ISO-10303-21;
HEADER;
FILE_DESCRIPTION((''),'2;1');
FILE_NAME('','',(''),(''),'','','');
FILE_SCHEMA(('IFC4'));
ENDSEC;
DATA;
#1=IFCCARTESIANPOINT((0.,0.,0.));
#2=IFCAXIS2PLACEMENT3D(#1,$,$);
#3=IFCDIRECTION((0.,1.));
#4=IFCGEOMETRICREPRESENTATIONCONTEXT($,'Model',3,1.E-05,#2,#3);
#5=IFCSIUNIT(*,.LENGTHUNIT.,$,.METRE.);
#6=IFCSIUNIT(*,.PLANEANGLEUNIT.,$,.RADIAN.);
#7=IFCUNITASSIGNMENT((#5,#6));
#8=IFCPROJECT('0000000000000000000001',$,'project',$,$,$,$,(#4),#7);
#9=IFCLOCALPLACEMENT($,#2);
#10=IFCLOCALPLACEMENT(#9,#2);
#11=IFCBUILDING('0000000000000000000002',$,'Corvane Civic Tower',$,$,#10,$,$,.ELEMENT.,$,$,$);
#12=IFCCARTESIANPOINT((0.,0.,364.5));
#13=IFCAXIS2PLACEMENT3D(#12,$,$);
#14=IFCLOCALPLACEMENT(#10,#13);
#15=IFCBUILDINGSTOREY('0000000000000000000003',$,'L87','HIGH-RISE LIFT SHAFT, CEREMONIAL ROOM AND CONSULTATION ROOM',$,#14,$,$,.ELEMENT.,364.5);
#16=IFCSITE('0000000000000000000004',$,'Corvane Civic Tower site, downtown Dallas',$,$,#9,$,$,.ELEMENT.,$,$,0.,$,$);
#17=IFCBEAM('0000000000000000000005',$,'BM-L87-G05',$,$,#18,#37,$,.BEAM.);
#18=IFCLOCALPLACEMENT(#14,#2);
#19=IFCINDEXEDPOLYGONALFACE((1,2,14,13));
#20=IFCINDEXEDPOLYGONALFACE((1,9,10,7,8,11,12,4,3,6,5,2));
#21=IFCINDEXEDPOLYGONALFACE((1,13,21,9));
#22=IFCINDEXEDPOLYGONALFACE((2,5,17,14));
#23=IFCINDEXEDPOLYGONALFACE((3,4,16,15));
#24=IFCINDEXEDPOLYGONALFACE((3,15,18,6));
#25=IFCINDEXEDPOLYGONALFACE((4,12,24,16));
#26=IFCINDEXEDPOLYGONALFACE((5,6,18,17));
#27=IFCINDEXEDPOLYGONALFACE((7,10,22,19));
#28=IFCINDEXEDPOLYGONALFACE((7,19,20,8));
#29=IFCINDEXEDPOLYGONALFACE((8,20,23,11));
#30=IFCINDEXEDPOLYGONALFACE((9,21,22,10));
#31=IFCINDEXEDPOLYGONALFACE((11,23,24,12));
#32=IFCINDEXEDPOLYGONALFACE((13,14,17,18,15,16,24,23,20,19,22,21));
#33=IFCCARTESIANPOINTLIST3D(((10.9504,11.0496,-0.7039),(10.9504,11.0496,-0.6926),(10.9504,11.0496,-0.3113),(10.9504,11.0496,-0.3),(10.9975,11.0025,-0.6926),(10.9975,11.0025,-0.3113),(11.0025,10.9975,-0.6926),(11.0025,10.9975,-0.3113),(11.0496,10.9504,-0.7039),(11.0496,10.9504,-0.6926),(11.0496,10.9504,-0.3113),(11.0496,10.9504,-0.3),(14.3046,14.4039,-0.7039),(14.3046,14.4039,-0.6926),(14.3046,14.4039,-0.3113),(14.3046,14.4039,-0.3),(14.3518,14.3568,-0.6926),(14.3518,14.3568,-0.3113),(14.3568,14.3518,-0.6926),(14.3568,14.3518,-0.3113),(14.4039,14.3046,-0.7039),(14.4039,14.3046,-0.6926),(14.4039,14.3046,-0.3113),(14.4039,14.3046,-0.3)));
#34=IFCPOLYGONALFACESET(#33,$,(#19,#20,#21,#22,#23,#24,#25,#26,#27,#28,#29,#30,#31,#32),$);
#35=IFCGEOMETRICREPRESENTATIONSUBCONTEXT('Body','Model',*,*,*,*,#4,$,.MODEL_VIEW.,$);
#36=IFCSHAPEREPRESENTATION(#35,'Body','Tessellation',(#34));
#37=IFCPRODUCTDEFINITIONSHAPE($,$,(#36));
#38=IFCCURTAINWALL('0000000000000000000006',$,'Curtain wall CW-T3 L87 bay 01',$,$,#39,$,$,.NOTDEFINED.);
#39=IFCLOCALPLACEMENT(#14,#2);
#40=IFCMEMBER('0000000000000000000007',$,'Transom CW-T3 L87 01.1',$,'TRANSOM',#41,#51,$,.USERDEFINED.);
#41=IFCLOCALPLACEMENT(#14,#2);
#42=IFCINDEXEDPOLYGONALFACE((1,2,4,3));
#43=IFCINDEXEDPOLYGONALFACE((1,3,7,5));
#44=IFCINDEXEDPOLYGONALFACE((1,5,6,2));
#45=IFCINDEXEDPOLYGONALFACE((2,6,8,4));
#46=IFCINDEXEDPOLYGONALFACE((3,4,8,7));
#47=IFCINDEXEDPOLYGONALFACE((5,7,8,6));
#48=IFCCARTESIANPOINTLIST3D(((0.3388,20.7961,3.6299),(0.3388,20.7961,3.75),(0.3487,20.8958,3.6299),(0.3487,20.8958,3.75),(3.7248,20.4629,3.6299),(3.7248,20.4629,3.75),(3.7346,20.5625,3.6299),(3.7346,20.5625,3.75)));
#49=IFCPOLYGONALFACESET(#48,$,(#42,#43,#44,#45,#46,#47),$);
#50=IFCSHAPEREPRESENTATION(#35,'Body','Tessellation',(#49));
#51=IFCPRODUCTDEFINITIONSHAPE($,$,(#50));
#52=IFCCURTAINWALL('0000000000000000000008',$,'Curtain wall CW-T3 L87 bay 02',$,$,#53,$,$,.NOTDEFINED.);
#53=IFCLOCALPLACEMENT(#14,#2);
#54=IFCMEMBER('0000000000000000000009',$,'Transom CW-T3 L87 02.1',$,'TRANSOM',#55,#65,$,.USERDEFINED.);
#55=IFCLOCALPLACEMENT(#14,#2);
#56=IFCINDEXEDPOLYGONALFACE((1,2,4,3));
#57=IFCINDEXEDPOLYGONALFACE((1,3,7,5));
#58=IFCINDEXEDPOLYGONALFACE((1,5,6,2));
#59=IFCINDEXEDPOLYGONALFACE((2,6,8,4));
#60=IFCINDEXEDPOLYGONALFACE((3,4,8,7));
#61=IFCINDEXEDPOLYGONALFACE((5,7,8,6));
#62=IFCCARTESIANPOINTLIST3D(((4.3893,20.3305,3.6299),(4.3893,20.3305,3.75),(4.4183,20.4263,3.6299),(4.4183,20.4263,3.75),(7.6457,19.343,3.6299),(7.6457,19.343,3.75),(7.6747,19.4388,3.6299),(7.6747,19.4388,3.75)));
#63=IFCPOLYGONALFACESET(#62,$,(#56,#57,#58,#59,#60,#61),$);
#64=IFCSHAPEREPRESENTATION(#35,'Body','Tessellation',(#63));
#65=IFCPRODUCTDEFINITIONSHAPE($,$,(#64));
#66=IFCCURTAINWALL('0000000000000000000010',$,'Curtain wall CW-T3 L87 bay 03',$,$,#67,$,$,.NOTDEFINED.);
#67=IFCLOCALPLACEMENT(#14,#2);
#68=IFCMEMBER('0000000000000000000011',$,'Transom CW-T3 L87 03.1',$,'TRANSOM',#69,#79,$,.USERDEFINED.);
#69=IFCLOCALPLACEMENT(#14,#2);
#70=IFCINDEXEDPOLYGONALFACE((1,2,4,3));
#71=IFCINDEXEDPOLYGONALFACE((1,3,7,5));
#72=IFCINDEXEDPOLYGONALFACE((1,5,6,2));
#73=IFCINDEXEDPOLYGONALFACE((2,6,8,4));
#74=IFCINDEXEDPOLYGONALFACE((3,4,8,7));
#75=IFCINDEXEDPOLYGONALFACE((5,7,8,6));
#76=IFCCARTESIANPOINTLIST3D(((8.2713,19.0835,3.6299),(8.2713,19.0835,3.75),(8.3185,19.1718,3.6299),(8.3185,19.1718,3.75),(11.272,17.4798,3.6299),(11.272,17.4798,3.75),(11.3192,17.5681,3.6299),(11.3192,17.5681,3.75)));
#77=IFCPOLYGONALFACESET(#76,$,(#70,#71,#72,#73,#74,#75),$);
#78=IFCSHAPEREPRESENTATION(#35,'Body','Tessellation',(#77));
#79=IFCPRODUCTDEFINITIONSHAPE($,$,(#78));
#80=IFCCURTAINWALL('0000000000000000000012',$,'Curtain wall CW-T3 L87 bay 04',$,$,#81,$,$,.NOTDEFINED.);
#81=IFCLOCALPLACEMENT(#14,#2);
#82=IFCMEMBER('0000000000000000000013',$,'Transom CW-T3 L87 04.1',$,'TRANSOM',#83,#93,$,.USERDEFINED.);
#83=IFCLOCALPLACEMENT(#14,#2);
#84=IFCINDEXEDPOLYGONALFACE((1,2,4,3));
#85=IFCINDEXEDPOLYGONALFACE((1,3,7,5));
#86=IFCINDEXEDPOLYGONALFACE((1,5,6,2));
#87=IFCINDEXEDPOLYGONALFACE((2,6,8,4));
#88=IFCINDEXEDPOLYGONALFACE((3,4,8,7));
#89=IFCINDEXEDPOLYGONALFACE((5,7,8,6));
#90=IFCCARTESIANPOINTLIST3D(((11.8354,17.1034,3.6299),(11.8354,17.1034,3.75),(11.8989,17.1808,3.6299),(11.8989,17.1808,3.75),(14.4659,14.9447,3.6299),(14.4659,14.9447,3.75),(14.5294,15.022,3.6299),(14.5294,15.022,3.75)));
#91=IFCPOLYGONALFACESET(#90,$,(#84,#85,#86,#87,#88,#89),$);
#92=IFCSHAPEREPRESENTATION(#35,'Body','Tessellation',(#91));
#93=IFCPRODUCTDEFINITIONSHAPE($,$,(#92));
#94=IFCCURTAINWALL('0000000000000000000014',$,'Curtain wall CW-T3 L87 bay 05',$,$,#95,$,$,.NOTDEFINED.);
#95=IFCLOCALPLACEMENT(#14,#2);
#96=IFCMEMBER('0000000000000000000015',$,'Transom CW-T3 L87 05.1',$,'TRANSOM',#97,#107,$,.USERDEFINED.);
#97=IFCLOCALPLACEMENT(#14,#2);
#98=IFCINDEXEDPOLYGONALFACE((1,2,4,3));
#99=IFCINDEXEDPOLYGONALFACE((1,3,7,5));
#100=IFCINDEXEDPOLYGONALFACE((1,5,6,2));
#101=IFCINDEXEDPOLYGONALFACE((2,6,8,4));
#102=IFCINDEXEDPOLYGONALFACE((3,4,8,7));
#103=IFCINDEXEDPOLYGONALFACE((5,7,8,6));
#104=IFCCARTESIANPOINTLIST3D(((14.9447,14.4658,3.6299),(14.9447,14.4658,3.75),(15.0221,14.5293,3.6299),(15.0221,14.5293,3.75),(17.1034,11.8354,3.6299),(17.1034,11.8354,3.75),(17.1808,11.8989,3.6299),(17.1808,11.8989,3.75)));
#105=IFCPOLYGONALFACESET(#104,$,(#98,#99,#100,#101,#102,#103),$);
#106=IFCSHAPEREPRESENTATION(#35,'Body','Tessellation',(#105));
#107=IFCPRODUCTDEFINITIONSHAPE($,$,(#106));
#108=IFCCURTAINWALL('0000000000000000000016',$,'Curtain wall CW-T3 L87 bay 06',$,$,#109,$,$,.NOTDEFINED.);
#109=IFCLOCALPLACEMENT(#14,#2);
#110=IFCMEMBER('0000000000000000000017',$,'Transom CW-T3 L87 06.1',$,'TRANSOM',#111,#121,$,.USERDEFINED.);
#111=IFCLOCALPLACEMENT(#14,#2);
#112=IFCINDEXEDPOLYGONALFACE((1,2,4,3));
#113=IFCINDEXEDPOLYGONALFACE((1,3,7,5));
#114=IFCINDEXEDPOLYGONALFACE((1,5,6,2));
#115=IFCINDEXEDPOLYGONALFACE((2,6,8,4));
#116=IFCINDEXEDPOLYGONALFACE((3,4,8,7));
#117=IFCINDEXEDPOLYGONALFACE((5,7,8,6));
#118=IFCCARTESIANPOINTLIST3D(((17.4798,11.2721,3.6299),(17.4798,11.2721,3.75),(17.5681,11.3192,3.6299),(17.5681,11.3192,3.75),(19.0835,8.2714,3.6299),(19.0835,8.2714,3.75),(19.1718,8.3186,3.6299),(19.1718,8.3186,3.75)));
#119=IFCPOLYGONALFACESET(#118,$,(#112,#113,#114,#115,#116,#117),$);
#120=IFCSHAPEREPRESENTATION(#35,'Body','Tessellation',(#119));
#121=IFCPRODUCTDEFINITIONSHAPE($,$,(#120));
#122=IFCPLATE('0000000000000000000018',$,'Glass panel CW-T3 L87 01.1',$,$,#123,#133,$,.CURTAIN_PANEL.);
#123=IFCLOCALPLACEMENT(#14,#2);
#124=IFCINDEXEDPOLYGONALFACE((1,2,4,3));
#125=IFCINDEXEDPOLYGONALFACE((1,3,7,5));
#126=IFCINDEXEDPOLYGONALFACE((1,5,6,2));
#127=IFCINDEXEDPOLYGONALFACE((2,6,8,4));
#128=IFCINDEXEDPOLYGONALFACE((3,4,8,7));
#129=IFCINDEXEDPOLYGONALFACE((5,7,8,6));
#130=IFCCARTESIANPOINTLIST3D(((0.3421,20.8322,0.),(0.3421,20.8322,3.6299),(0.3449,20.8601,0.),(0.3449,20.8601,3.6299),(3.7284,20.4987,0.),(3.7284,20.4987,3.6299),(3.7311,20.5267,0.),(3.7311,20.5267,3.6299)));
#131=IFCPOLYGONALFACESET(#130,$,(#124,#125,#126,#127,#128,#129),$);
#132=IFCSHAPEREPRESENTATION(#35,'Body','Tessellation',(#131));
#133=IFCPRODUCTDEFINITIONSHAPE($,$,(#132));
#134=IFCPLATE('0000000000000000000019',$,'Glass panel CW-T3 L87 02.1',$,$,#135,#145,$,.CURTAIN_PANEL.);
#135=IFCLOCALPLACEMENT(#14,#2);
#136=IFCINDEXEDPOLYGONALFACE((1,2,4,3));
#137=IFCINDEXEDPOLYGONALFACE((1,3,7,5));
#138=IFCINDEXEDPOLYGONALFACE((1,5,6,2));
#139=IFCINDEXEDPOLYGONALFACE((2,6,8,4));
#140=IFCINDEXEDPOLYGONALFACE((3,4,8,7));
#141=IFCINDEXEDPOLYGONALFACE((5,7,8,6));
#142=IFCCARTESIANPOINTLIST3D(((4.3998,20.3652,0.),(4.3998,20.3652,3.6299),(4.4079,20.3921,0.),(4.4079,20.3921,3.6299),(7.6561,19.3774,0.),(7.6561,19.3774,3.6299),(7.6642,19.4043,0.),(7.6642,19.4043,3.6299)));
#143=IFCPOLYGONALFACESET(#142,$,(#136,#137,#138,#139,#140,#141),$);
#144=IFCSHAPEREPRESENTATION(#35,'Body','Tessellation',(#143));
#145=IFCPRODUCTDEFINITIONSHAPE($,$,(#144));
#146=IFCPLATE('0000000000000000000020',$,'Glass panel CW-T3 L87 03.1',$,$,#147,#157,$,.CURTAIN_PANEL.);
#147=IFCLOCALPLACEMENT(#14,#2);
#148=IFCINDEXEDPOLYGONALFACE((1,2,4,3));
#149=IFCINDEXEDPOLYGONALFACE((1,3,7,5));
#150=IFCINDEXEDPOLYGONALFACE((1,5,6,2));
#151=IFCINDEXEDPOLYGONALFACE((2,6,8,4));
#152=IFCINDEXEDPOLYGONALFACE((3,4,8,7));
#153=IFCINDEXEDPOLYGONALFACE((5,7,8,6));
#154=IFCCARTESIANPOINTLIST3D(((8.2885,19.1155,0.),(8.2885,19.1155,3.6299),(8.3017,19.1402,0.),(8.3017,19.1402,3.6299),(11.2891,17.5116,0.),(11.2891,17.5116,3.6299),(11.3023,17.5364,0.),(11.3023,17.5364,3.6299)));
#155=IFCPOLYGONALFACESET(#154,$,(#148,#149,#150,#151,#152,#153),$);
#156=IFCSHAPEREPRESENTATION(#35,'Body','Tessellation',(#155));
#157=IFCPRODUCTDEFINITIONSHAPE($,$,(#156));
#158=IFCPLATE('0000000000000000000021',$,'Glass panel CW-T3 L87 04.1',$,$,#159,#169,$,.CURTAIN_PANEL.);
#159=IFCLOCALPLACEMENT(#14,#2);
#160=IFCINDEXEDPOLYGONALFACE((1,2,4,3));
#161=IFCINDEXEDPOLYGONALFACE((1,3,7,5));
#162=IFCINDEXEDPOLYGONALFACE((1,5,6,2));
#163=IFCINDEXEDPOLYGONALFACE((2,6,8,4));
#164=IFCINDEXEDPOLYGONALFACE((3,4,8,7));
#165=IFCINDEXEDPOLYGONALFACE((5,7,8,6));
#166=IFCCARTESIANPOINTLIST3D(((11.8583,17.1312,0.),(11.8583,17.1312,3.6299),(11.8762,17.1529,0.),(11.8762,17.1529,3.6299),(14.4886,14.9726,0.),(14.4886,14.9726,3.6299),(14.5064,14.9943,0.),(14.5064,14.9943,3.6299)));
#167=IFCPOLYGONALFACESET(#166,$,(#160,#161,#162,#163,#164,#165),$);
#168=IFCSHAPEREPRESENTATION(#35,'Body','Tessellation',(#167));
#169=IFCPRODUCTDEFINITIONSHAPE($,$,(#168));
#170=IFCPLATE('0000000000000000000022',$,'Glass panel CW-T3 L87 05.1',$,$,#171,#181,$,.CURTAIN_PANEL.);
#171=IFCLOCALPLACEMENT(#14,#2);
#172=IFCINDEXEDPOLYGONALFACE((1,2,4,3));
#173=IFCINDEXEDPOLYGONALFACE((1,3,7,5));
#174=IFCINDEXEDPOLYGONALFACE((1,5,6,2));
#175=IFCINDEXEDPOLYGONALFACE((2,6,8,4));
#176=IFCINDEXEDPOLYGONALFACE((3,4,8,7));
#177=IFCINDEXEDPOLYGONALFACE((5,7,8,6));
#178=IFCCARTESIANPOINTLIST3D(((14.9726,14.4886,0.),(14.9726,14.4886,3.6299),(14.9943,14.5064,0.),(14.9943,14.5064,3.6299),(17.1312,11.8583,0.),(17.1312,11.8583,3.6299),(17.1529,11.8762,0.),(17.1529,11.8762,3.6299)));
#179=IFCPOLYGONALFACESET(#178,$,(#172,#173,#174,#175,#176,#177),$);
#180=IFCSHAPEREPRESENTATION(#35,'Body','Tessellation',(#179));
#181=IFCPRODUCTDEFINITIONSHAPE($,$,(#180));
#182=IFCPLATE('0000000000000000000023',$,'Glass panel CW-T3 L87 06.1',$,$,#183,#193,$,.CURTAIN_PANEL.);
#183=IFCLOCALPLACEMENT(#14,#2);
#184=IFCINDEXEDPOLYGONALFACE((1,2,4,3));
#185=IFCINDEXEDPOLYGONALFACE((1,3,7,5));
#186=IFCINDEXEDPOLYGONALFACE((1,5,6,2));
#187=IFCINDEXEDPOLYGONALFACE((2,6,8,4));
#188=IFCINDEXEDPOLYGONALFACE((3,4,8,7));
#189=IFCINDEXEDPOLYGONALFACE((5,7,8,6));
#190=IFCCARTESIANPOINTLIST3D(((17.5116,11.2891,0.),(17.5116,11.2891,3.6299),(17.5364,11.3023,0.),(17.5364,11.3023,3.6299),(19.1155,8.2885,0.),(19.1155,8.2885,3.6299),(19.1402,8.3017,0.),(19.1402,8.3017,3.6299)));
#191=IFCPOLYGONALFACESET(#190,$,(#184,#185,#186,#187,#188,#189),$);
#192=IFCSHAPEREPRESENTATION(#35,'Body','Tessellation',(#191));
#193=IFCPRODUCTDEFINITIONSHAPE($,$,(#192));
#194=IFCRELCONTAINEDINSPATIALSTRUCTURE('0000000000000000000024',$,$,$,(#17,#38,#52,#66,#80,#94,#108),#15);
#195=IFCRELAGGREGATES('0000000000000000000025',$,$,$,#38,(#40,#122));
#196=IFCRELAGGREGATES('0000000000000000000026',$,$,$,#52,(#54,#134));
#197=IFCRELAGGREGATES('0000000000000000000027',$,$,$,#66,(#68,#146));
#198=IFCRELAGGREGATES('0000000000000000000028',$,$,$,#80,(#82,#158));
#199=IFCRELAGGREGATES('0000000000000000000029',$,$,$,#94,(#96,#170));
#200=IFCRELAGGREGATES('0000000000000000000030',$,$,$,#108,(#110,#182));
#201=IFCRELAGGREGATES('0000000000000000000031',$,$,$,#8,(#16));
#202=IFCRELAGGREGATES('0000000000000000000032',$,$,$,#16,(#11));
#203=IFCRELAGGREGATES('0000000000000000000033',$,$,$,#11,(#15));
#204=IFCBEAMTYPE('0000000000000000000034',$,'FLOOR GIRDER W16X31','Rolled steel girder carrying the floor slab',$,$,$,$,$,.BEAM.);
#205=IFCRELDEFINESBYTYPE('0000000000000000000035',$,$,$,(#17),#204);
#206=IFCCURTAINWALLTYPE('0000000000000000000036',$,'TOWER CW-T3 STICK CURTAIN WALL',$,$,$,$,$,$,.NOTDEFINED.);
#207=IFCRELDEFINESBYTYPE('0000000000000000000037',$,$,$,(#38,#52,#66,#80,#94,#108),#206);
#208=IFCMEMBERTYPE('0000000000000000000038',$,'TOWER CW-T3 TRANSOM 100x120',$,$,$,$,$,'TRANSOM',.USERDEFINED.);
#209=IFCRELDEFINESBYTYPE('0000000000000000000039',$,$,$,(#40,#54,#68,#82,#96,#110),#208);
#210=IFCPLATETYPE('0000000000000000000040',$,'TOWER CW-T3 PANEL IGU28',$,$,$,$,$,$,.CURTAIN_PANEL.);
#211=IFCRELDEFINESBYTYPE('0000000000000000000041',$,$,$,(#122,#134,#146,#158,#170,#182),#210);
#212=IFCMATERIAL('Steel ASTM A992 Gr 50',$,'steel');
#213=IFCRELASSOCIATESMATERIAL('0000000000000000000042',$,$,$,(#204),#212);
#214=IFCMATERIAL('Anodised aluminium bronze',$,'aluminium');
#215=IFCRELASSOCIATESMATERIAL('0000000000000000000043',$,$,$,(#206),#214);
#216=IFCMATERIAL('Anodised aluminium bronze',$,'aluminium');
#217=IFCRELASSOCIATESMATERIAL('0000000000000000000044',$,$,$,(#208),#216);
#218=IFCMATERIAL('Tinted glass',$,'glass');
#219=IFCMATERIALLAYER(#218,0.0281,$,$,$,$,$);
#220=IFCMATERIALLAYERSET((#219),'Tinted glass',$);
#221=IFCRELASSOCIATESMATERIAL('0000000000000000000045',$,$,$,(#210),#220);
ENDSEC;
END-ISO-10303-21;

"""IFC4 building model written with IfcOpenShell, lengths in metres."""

from ifc_helpers import new_model, si_unit, direction, frame, origin, origin_2d, place, context, subcontext, project, spatial, rectangle, i_section, extrude, material, layer, layer_set, material_profile, profile_set, type_object, element, aggregate, save


model = new_model("IFC4")

# Units and contexts
model_context = context("Model", 3, precision=1e-05, world=origin(), true_north=direction((0.0, 1.0)))
body_context = subcontext(model_context, "Body", "Model", "MODEL_VIEW")
ifc_project = project(units=[si_unit("LENGTHUNIT", "METRE"), si_unit("PLANEANGLEUNIT", "RADIAN")], contexts=[model_context])

# Site, building, storey
site_placement = place(None, origin())
site = spatial("IfcSite", under=ifc_project, at=site_placement, Name="Corvane Civic Tower site, downtown Dallas", CompositionType="ELEMENT", RefElevation=0.0)
building_placement = place(site_placement, origin())
building = spatial("IfcBuilding", under=site, at=building_placement, Name="Corvane Civic Tower", CompositionType="ELEMENT")
storey_placement = place(building_placement, frame((0.0, 0.0, 364.5)))
storey = spatial("IfcBuildingStorey", under=building, at=storey_placement, Name="L87", Description="HIGH-RISE LIFT SHAFT, CEREMONIAL ROOM AND CONSULTATION ROOM", CompositionType="ELEMENT", Elevation=364.5)

# Beam
ifc_material_1 = material(Name="Steel ASTM A992 Gr 50", Category="steel")
ifc_material_profile_1 = material_profile(ifc_material_1, i_section(OverallWidth=0.1404, OverallDepth=0.4038, WebThickness=0.0071, FlangeThickness=0.0112, at=origin_2d()), Name="W16X31")
ifc_profile_set_1 = profile_set([ifc_material_profile_1], Name="Steel ASTM A992 Gr 50")
beam_type_1 = type_object("IfcBeamType", Name="FLOOR GIRDER W16X31", Description="Rolled steel girder carrying the floor slab", PredefinedType="BEAM", material=ifc_profile_set_1)
beam_1_placement = place(storey_placement, frame((11.0, 11.0, -0.502), z_axis=(0.707107, 0.707107, 0.0), x_axis=(-0.707107, 0.707107, 0.0)))
element("IfcBeam", 1, at=beam_1_placement, inside=storey, type_object=beam_type_1, Name="BM-L87-G05", PredefinedType="BEAM", context=body_context, shape_type="SweptSolid", body=[
    extrude(i_section(OverallWidth=0.1404, OverallDepth=0.4038, WebThickness=0.0071, FlangeThickness=0.0112, at=origin_2d()), origin(), (0.0, 0.0, 1.0), 4.7437),
])

# Curtain walls, members
ifc_material_2 = material(Name="Anodised aluminium bronze", Category="aluminium")
curtain_wall_type = type_object("IfcCurtainWallType", Name="TOWER CW-T3 STICK CURTAIN WALL", PredefinedType="NOTDEFINED", material=ifc_material_2)
curtain_wall_1_placement = place(storey_placement, origin())
curtain_wall_1 = element("IfcCurtainWall", 2, at=curtain_wall_1_placement, inside=storey, type_object=curtain_wall_type, Name="Curtain wall CW-T3 L87 bay 01", PredefinedType="NOTDEFINED")
ifc_material_3 = material(Name="Anodised aluminium bronze", Category="aluminium")
ifc_material_profile_2 = material_profile(ifc_material_3, rectangle(XDim=0.1001, YDim=0.1201, at=origin_2d()), Name="TOWER CW-T3 TRANSOM 100x120")
ifc_profile_set_2 = profile_set([ifc_material_profile_2], Name="Anodised aluminium bronze")
member_type = type_object("IfcMemberType", Name="TOWER CW-T3 TRANSOM 100x120", ElementType="TRANSOM", PredefinedType="USERDEFINED", material=ifc_profile_set_2)
member_1_placement = place(storey_placement, frame((0.3438, 20.8459, 3.6899), z_axis=(0.995192, -0.097948, 0.0), x_axis=(0.097948, 0.995192, 0.0)))
member_1 = element("IfcMember", 3, at=member_1_placement, type_object=member_type, Name="Transom CW-T3 L87 01.1", ObjectType="TRANSOM", PredefinedType="USERDEFINED", context=body_context, shape_type="SweptSolid", body=[
    extrude(rectangle(XDim=0.1001, YDim=0.1201, at=origin_2d()), origin(), (0.0, 0.0, 1.0), 3.4023),
])
curtain_wall_2_placement = place(storey_placement, origin())
curtain_wall_2 = element("IfcCurtainWall", 4, at=curtain_wall_2_placement, inside=storey, type_object=curtain_wall_type, Name="Curtain wall CW-T3 L87 bay 02", PredefinedType="NOTDEFINED")
member_2_placement = place(storey_placement, frame((4.4038, 20.3784, 3.6899), z_axis=(0.956961, -0.290216, 0.0), x_axis=(0.290216, 0.956961, 0.0)))
member_2 = element("IfcMember", 5, at=member_2_placement, type_object=member_type, Name="Transom CW-T3 L87 02.1", ObjectType="TRANSOM", PredefinedType="USERDEFINED", context=body_context, shape_type="SweptSolid", body=[
    extrude(rectangle(XDim=0.1001, YDim=0.1201, at=origin_2d()), origin(), (0.0, 0.0, 1.0), 3.4028),
])
curtain_wall_3_placement = place(storey_placement, origin())
curtain_wall_3 = element("IfcCurtainWall", 6, at=curtain_wall_3_placement, inside=storey, type_object=curtain_wall_type, Name="Curtain wall CW-T3 L87 bay 03", PredefinedType="NOTDEFINED")
member_3_placement = place(storey_placement, frame((8.2949, 19.1277, 3.6899), z_axis=(0.881941, -0.471359, 0.0), x_axis=(0.471359, 0.881941, 0.0)))
member_3 = element("IfcMember", 7, at=member_3_placement, type_object=member_type, Name="Transom CW-T3 L87 03.1", ObjectType="TRANSOM", PredefinedType="USERDEFINED", context=body_context, shape_type="SweptSolid", body=[
    extrude(rectangle(XDim=0.1001, YDim=0.1201, at=origin_2d()), origin(), (0.0, 0.0, 1.0), 3.4023),
])
curtain_wall_4_placement = place(storey_placement, origin())
curtain_wall_4 = element("IfcCurtainWall", 8, at=curtain_wall_4_placement, inside=storey, type_object=curtain_wall_type, Name="Curtain wall CW-T3 L87 bay 04", PredefinedType="NOTDEFINED")
member_4_placement = place(storey_placement, frame((11.8672, 17.1421, 3.6899), z_axis=(0.77301, -0.634394, 0.0), x_axis=(0.634394, 0.77301, 0.0)))
member_4 = element("IfcMember", 9, at=member_4_placement, type_object=member_type, Name="Transom CW-T3 L87 04.1", ObjectType="TRANSOM", PredefinedType="USERDEFINED", context=body_context, shape_type="SweptSolid", body=[
    extrude(rectangle(XDim=0.1001, YDim=0.1201, at=origin_2d()), origin(), (0.0, 0.0, 1.0), 3.4028),
])
curtain_wall_5_placement = place(storey_placement, origin())
curtain_wall_5 = element("IfcCurtainWall", 10, at=curtain_wall_5_placement, inside=storey, type_object=curtain_wall_type, Name="Curtain wall CW-T3 L87 bay 05", PredefinedType="NOTDEFINED")
member_5_placement = place(storey_placement, frame((14.9834, 14.4976, 3.6899), z_axis=(0.634394, -0.77301, 0.0), x_axis=(0.77301, 0.634394, 0.0)))
member_5 = element("IfcMember", 11, at=member_5_placement, type_object=member_type, Name="Transom CW-T3 L87 05.1", ObjectType="TRANSOM", PredefinedType="USERDEFINED", context=body_context, shape_type="SweptSolid", body=[
    extrude(rectangle(XDim=0.1001, YDim=0.1201, at=origin_2d()), origin(), (0.0, 0.0, 1.0), 3.4028),
])
curtain_wall_6_placement = place(storey_placement, origin())
curtain_wall_6 = element("IfcCurtainWall", 12, at=curtain_wall_6_placement, inside=storey, type_object=curtain_wall_type, Name="Curtain wall CW-T3 L87 bay 06", PredefinedType="NOTDEFINED")
member_6_placement = place(storey_placement, frame((17.5239, 11.2957, 3.6899), z_axis=(0.471359, -0.881941, 0.0), x_axis=(0.881941, 0.471359, 0.0)))
member_6 = element("IfcMember", 13, at=member_6_placement, type_object=member_type, Name="Transom CW-T3 L87 06.1", ObjectType="TRANSOM", PredefinedType="USERDEFINED", context=body_context, shape_type="SweptSolid", body=[
    extrude(rectangle(XDim=0.1001, YDim=0.1201, at=origin_2d()), origin(), (0.0, 0.0, 1.0), 3.4023),
])

# Plates
ifc_material_4 = material(Name="Tinted glass", Category="glass")
ifc_layer_1 = layer(ifc_material_4, 0.0281)
ifc_layer_set_1 = layer_set([ifc_layer_1], Name="Tinted glass")
plate_type = type_object("IfcPlateType", Name="TOWER CW-T3 PANEL IGU28", PredefinedType="CURTAIN_PANEL", material=ifc_layer_set_1)
plate_1_placement = place(storey_placement, frame((2.0366, 20.6794, 0.0), z_axis=(0.0, 0.0, 1.0), x_axis=(0.995187, -0.097998, 0.0)))
plate_1 = element("IfcPlate", 14, at=plate_1_placement, type_object=plate_type, Name="Glass panel CW-T3 L87 01.1", PredefinedType="CURTAIN_PANEL", context=body_context, shape_type="SweptSolid", body=[
    extrude(rectangle(XDim=3.4026, YDim=0.0281, at=origin_2d()), origin(), (0.0, 0.0, 1.0), 3.6299),
])
aggregate(curtain_wall_1, [member_1, plate_1])
plate_2_placement = place(storey_placement, frame((6.032, 19.8848, 0.0), z_axis=(0.0, 0.0, 1.0), x_axis=(0.956939, -0.29029, 0.0)))
plate_2 = element("IfcPlate", 15, at=plate_2_placement, type_object=plate_type, Name="Glass panel CW-T3 L87 02.1", PredefinedType="CURTAIN_PANEL", context=body_context, shape_type="SweptSolid", body=[
    extrude(rectangle(XDim=3.4028, YDim=0.0281, at=origin_2d()), origin(), (0.0, 0.0, 1.0), 3.6299),
])
aggregate(curtain_wall_2, [member_2, plate_2])
plate_3_placement = place(storey_placement, frame((9.7954, 18.3259, 0.0), z_axis=(0.0, 0.0, 1.0), x_axis=(0.881928, -0.471384, 0.0)))
plate_3 = element("IfcPlate", 16, at=plate_3_placement, type_object=plate_type, Name="Glass panel CW-T3 L87 03.1", PredefinedType="CURTAIN_PANEL", context=body_context, shape_type="SweptSolid", body=[
    extrude(rectangle(XDim=3.4023, YDim=0.0281, at=origin_2d()), origin(), (0.0, 0.0, 1.0), 3.6299),
])
aggregate(curtain_wall_3, [member_3, plate_3])
plate_4_placement = place(storey_placement, frame((13.1824, 16.0627, 0.0), z_axis=(0.0, 0.0, 1.0), x_axis=(0.77301, -0.634393, 0.0)))
plate_4 = element("IfcPlate", 17, at=plate_4_placement, type_object=plate_type, Name="Glass panel CW-T3 L87 04.1", PredefinedType="CURTAIN_PANEL", context=body_context, shape_type="SweptSolid", body=[
    extrude(rectangle(XDim=3.4026, YDim=0.0281, at=origin_2d()), origin(), (0.0, 0.0, 1.0), 3.6299),
])
aggregate(curtain_wall_4, [member_4, plate_4])
plate_5_placement = place(storey_placement, frame((16.0627, 13.1824, 0.0), z_axis=(0.0, 0.0, 1.0), x_axis=(0.634393, -0.77301, 0.0)))
plate_5 = element("IfcPlate", 18, at=plate_5_placement, type_object=plate_type, Name="Glass panel CW-T3 L87 05.1", PredefinedType="CURTAIN_PANEL", context=body_context, shape_type="SweptSolid", body=[
    extrude(rectangle(XDim=3.4026, YDim=0.0281, at=origin_2d()), origin(), (0.0, 0.0, 1.0), 3.6299),
])
aggregate(curtain_wall_5, [member_5, plate_5])
plate_6_placement = place(storey_placement, frame((18.3259, 9.7954, 0.0), z_axis=(0.0, 0.0, 1.0), x_axis=(0.471384, -0.881928, 0.0)))
plate_6 = element("IfcPlate", 19, at=plate_6_placement, type_object=plate_type, Name="Glass panel CW-T3 L87 06.1", PredefinedType="CURTAIN_PANEL", context=body_context, shape_type="SweptSolid", body=[
    extrude(rectangle(XDim=3.4023, YDim=0.0281, at=origin_2d()), origin(), (0.0, 0.0, 1.0), 3.6299),
])
aggregate(curtain_wall_6, [member_6, plate_6])

save(model, "model.ifc")
